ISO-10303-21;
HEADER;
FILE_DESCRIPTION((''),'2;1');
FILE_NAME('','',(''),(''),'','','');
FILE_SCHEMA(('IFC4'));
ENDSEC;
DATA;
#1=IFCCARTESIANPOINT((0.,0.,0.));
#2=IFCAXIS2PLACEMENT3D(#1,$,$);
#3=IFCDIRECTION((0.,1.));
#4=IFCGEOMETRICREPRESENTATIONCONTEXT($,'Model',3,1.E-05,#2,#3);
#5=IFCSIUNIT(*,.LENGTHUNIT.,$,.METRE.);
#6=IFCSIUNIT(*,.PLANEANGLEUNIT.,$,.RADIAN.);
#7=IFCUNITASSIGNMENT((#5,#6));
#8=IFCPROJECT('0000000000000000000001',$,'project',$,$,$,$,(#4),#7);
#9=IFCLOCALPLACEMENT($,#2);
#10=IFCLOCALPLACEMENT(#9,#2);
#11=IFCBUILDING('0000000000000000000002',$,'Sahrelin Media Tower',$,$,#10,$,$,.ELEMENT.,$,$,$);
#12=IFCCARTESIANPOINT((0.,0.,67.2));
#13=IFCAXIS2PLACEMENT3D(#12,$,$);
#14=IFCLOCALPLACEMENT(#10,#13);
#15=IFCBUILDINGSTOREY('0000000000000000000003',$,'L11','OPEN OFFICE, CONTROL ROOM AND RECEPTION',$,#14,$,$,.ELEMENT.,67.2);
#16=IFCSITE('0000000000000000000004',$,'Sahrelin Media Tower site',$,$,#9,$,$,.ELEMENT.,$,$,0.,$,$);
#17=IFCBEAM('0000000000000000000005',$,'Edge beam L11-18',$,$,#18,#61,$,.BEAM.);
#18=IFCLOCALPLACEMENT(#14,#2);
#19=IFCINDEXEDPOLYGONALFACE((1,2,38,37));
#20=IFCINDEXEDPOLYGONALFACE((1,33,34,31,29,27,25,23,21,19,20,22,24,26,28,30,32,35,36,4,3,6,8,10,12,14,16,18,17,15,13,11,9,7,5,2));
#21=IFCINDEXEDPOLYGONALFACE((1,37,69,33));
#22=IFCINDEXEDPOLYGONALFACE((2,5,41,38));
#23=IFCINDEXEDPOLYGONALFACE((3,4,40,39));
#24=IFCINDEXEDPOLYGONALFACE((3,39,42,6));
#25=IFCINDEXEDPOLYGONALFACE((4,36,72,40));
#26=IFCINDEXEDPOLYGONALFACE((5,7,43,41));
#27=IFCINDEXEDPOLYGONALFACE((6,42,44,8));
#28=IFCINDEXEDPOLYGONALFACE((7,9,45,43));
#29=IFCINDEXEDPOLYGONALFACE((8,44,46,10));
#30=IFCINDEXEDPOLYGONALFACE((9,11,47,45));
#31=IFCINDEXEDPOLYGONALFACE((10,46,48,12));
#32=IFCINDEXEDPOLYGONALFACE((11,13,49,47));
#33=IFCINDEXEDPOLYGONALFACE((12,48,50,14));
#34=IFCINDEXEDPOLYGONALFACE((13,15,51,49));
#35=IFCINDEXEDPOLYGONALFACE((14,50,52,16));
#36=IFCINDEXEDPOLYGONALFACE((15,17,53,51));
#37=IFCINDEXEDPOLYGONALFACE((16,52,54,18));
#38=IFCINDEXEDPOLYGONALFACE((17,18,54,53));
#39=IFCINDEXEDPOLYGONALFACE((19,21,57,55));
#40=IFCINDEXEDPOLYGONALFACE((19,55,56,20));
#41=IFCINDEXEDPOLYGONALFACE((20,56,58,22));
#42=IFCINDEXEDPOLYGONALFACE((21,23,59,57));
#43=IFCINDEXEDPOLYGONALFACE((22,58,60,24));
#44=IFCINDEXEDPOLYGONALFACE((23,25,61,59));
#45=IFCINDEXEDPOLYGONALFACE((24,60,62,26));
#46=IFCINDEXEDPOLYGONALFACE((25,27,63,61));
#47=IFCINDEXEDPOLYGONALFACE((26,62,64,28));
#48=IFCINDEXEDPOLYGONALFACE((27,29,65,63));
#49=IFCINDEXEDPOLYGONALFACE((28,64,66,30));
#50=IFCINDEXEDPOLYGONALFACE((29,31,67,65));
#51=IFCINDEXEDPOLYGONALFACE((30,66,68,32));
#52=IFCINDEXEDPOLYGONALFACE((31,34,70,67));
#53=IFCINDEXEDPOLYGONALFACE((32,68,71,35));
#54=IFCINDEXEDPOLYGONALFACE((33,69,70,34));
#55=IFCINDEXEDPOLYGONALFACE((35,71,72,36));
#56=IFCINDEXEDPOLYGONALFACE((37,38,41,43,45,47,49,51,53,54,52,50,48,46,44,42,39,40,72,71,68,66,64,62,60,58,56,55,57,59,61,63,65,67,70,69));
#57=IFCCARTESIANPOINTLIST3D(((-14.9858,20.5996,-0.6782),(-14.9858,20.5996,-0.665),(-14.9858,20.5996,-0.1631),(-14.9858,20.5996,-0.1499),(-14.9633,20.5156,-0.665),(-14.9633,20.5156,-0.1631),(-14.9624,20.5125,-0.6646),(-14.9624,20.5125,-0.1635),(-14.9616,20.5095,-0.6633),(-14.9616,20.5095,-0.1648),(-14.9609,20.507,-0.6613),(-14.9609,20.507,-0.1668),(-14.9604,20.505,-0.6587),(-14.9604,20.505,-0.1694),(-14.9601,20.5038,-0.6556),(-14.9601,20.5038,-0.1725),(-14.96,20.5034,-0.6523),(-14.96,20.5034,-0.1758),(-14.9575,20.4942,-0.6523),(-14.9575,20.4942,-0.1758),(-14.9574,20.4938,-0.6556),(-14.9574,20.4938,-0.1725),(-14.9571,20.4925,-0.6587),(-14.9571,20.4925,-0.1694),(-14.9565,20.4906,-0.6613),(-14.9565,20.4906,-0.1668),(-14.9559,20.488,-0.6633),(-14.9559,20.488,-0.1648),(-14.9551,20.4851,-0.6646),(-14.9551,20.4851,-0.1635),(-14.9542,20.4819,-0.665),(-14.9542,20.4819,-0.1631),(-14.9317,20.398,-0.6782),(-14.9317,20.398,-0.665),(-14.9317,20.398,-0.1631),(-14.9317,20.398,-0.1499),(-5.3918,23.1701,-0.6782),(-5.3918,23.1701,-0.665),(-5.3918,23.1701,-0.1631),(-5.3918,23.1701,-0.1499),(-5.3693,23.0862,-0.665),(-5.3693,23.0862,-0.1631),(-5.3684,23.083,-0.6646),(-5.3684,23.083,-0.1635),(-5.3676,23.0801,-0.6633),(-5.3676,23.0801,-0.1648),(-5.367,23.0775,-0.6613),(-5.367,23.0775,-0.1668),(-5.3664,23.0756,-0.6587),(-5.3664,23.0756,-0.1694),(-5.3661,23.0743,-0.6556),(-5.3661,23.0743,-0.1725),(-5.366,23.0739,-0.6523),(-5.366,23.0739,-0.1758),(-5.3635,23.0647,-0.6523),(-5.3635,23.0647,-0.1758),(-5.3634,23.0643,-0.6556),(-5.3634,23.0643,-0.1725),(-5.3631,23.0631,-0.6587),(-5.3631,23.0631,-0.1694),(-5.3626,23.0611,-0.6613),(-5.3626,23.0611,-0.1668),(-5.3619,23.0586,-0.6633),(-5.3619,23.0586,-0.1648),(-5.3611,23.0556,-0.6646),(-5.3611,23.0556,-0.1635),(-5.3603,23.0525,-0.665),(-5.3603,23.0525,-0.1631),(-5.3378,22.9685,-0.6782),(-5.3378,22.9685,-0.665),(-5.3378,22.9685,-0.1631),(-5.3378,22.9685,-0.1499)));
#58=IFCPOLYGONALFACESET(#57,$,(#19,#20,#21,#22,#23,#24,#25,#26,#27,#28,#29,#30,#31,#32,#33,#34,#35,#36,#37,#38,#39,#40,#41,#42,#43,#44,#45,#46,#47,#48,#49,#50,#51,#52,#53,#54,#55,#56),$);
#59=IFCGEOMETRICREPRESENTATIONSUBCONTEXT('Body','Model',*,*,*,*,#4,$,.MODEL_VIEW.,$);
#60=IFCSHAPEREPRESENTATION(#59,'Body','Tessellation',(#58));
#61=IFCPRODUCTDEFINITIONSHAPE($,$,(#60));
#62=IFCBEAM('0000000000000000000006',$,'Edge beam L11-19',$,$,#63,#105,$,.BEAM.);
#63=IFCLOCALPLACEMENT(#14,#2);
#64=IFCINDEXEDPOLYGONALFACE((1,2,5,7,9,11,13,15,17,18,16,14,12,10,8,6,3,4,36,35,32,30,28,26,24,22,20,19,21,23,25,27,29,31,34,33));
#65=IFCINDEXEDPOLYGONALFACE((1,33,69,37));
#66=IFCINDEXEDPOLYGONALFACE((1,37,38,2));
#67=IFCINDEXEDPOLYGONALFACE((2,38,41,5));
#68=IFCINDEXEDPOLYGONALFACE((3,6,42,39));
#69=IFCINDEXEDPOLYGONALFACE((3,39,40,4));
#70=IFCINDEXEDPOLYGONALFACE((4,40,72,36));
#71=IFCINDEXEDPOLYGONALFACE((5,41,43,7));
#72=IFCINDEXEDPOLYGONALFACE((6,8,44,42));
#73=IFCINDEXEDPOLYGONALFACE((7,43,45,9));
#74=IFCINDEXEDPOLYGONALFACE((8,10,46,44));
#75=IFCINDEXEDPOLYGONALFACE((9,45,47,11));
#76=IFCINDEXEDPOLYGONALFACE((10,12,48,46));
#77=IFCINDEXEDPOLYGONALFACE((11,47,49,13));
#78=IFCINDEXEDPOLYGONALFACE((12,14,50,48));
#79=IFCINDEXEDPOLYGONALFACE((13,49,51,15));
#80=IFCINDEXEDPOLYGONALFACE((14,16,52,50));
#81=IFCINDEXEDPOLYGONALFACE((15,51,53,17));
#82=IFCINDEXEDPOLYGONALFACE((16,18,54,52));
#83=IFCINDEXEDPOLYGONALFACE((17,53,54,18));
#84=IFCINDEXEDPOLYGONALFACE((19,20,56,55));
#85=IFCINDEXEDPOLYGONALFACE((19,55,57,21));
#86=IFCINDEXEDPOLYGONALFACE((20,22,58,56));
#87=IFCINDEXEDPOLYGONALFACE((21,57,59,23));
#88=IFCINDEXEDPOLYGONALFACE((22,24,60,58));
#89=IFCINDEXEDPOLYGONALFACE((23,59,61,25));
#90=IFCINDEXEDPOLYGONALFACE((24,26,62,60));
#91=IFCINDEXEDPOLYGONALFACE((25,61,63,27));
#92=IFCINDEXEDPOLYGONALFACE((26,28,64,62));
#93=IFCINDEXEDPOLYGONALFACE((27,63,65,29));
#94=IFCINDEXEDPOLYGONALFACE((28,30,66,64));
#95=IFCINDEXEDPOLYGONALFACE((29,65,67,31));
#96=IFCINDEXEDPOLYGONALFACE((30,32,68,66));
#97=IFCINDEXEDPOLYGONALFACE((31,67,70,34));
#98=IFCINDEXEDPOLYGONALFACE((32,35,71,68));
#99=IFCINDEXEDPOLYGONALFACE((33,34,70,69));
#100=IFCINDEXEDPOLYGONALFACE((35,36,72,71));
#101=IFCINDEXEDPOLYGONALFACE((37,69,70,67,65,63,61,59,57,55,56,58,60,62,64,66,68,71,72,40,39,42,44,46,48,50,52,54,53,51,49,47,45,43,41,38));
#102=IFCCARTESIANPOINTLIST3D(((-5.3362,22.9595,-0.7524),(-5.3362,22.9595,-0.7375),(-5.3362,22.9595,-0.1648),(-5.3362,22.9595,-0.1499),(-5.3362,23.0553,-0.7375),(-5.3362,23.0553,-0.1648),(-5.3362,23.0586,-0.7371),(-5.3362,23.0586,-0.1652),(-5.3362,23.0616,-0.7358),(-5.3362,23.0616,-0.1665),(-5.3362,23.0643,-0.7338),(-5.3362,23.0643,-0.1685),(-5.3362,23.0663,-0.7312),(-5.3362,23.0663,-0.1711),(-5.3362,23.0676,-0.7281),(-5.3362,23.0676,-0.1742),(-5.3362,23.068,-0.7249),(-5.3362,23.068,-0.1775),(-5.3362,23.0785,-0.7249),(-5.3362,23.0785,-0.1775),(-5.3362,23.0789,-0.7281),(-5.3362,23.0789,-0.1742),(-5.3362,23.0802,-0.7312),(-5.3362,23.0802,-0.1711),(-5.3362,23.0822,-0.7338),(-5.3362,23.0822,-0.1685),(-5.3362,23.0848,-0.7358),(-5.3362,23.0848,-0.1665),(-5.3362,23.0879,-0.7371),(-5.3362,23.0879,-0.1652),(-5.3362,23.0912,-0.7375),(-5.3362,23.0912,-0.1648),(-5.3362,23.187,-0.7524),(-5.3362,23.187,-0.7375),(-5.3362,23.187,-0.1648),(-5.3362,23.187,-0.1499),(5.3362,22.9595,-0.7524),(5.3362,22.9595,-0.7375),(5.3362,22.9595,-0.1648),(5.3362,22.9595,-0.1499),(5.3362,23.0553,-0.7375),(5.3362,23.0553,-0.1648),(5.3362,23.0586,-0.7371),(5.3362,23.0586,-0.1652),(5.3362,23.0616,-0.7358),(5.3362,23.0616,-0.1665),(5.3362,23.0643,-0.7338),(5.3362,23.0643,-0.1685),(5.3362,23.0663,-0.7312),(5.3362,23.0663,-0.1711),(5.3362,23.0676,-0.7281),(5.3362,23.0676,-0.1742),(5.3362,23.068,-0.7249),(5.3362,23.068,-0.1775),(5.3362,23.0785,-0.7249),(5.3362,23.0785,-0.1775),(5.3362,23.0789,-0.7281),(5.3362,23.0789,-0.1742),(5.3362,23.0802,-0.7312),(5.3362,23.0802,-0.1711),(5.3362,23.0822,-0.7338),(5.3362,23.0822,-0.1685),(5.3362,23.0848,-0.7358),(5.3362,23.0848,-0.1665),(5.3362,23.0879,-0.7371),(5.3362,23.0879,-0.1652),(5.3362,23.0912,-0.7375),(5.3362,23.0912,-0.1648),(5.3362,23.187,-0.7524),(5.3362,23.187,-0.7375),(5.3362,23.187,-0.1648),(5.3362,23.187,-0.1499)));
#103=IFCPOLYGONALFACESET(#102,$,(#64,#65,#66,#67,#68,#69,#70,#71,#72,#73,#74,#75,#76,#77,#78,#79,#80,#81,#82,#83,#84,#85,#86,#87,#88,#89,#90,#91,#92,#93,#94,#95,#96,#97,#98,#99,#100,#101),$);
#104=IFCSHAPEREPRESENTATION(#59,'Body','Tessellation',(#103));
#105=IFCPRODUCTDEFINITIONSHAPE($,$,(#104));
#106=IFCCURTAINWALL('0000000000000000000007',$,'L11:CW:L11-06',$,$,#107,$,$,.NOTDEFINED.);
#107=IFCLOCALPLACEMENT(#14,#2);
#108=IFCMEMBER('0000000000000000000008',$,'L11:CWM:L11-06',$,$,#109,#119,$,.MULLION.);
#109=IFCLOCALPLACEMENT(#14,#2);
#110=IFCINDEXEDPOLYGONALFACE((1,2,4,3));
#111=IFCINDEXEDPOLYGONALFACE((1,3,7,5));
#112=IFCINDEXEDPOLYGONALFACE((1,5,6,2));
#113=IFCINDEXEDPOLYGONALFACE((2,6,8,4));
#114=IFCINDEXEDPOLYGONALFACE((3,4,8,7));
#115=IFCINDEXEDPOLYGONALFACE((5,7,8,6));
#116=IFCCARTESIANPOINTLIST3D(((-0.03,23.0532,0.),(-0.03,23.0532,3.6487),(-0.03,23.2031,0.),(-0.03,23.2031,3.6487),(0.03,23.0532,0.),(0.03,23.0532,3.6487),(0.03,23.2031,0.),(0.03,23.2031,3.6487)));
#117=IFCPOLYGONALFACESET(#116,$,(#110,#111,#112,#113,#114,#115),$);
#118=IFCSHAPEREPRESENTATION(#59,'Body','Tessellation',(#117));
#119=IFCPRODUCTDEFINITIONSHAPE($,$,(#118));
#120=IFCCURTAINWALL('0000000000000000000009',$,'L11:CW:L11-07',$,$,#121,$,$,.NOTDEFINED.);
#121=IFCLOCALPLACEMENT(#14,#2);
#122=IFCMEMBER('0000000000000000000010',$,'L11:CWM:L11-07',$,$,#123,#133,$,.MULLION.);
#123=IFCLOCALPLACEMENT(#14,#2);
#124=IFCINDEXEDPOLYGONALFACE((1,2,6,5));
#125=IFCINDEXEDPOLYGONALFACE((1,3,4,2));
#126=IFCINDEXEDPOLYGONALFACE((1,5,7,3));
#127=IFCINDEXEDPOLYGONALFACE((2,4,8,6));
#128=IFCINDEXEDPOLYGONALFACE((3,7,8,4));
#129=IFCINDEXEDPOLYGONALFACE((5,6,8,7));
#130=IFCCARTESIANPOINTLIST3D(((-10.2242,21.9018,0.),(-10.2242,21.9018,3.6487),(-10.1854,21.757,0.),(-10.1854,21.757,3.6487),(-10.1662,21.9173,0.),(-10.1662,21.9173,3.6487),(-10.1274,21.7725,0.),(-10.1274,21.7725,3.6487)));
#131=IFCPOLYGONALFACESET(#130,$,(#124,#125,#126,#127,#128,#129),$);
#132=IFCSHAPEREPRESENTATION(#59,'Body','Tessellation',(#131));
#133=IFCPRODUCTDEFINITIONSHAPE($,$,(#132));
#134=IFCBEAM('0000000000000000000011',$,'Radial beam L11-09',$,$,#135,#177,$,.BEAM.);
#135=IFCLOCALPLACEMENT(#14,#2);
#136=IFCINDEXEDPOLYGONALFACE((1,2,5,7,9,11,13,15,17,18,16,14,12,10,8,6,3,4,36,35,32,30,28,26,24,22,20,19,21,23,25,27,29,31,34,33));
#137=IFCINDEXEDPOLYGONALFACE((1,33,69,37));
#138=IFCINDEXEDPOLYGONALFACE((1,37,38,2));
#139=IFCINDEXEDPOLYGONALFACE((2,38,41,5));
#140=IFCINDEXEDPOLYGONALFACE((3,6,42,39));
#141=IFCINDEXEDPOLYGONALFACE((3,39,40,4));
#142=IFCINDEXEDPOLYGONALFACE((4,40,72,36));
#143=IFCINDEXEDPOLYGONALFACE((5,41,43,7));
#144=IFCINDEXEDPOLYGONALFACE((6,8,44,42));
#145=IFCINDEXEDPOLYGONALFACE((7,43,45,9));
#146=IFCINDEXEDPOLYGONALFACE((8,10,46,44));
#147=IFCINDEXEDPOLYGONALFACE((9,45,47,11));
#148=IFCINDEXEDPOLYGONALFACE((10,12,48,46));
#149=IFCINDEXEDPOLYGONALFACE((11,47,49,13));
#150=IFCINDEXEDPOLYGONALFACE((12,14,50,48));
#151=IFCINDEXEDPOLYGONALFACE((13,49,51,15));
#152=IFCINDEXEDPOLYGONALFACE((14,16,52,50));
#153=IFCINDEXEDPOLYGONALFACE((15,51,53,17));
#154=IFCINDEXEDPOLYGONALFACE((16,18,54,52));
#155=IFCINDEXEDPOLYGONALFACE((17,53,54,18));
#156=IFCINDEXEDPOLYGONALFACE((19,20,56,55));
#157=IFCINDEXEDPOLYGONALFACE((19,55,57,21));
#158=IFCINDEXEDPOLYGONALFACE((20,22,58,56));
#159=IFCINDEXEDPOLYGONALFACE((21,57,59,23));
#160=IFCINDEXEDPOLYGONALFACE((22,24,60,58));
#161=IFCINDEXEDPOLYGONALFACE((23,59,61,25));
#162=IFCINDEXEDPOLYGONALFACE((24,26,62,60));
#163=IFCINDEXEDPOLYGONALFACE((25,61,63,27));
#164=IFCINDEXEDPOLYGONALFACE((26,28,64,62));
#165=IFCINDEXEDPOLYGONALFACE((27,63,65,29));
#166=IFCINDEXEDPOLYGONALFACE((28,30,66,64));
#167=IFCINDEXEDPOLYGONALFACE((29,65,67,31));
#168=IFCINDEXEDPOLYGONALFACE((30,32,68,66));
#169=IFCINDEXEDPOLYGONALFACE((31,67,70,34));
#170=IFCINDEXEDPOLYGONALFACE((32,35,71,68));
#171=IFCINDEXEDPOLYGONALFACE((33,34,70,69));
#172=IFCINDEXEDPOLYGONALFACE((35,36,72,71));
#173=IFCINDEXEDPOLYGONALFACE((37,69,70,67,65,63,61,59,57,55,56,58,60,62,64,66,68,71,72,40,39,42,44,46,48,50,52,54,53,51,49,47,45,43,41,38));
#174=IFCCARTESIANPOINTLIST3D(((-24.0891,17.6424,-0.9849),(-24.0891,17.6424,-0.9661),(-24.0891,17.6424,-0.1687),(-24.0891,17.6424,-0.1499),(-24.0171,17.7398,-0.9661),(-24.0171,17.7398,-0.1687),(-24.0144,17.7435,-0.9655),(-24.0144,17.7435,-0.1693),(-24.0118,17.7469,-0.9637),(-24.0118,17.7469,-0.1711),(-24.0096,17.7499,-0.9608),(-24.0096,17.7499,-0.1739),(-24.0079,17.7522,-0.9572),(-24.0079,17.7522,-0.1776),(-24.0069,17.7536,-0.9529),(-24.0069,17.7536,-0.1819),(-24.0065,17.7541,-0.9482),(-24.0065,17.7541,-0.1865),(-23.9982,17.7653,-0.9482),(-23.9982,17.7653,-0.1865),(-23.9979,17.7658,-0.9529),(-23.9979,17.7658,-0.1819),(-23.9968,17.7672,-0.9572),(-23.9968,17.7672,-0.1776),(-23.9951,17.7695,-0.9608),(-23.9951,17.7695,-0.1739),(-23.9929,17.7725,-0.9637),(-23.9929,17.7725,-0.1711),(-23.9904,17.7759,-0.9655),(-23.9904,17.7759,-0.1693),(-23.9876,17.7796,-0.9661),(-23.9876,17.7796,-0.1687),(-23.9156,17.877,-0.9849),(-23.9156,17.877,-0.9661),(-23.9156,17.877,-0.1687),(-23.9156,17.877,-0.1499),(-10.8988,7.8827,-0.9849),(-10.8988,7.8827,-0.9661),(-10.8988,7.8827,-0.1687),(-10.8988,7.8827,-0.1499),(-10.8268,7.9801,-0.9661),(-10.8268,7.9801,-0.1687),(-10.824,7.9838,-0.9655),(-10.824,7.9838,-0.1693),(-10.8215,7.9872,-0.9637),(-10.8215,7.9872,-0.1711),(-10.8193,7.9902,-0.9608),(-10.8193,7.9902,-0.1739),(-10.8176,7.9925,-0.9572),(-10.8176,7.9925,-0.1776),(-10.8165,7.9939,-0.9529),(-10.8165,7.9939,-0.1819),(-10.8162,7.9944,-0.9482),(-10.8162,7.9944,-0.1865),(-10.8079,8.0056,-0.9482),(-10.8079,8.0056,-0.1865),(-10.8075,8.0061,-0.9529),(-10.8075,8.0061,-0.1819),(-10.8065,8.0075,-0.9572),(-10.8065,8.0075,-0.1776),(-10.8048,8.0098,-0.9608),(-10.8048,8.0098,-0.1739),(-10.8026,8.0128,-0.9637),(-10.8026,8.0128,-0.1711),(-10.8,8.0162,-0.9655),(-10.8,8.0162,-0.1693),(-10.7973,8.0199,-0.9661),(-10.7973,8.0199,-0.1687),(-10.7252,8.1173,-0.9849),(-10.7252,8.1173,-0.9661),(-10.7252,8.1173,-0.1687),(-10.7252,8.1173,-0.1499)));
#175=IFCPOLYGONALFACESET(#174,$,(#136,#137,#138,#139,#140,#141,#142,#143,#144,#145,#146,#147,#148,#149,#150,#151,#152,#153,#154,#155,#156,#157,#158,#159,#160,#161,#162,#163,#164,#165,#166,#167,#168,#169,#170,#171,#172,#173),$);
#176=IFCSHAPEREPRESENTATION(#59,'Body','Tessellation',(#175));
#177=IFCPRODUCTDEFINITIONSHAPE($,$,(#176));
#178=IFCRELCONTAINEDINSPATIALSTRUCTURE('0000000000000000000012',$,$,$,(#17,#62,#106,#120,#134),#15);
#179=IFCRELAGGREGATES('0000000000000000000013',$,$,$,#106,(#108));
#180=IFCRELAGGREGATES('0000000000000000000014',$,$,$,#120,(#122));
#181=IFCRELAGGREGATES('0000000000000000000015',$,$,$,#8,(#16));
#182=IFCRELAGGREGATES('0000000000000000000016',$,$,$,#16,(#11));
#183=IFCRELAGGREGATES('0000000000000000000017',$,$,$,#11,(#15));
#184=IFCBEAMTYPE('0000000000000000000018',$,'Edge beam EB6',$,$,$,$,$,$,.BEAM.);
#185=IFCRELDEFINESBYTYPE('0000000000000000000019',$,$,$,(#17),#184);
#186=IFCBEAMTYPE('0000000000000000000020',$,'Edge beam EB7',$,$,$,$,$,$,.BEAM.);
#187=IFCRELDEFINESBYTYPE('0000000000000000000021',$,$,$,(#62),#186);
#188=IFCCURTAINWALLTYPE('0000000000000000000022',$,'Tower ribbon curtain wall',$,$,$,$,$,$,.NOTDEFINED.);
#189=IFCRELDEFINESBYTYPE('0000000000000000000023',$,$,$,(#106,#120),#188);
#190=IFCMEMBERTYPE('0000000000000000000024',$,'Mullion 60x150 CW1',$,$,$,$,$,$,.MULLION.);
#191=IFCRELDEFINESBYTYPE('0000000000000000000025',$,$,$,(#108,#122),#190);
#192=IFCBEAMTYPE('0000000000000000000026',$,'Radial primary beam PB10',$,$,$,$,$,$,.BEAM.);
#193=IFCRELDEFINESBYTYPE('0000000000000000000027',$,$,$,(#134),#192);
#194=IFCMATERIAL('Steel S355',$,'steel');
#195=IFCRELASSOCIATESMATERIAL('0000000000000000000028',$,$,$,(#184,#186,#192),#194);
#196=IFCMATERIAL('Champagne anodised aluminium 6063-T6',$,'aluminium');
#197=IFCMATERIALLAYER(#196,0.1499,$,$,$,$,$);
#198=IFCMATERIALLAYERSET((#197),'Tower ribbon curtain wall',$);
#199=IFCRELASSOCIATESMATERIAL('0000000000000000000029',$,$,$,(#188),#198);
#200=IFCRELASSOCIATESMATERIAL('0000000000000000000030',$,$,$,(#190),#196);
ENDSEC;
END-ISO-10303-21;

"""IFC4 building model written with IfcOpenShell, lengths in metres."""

from ifc_helpers import new_model, si_unit, direction, frame, origin, origin_2d, place, context, subcontext, project, spatial, rectangle, i_section, extrude, material, layer, layer_set, material_profile, profile_set, type_object, element, aggregate, save


model = new_model("IFC4")

# Units and contexts
model_context = context("Model", 3, precision=1e-05, world=origin(), true_north=direction((0.0, 1.0)))
body_context = subcontext(model_context, "Body", "Model", "MODEL_VIEW")
ifc_project = project(units=[si_unit("LENGTHUNIT", "METRE"), si_unit("PLANEANGLEUNIT", "RADIAN")], contexts=[model_context])

# Site, building, storey
site_placement = place(None, origin())
site = spatial("IfcSite", under=ifc_project, at=site_placement, Name="Sahrelin Media Tower site", CompositionType="ELEMENT", RefElevation=0.0)
building_placement = place(site_placement, origin())
building = spatial("IfcBuilding", under=site, at=building_placement, Name="Sahrelin Media Tower", CompositionType="ELEMENT")
storey_placement = place(building_placement, frame((0.0, 0.0, 67.2)))
storey = spatial("IfcBuildingStorey", under=building, at=storey_placement, Name="L11", Description="OPEN OFFICE, CONTROL ROOM AND RECEPTION", CompositionType="ELEMENT", Elevation=67.2)

# Beams
ifc_material_1 = material(Name="Steel S355", Category="steel")
ifc_material_profile_1 = material_profile(ifc_material_1, i_section(OverallWidth=0.2087, OverallDepth=0.5283, WebThickness=0.0095, FlangeThickness=0.0132, FilletRadius=0.0127, at=origin_2d()), Name="UB 533x210x82")
ifc_profile_set_1 = profile_set([ifc_material_profile_1], Name="Steel S355")
beam_type_1 = type_object("IfcBeamType", Name="Edge beam EB6", PredefinedType="BEAM", material=ifc_profile_set_1)
beam_1_placement = place(storey_placement, frame((-14.9587, 20.4988, -0.4141), z_axis=(0.96593, 0.258805, 0.0), x_axis=(-0.258805, 0.96593, 0.0)))
element("IfcBeam", 1, at=beam_1_placement, inside=storey, type_object=beam_type_1, Name="Edge beam L11-18", PredefinedType="BEAM", context=body_context, shape_type="SweptSolid", body=[
    extrude(i_section(OverallWidth=0.2087, OverallDepth=0.5283, WebThickness=0.0095, FlangeThickness=0.0132, FilletRadius=0.0127, at=origin_2d()), origin(), (0.0, 0.0, 1.0), 9.9324),
])
ifc_material_profile_2 = material_profile(ifc_material_1, i_section(OverallWidth=0.2275, OverallDepth=0.6025, WebThickness=0.0105, FlangeThickness=0.0149, FilletRadius=0.0127, at=origin_2d()), Name="UB 610x229x101")
ifc_profile_set_2 = profile_set([ifc_material_profile_2], Name="Steel S355")
beam_type_2 = type_object("IfcBeamType", Name="Edge beam EB7", PredefinedType="BEAM", material=ifc_profile_set_2)
beam_2_placement = place(storey_placement, frame((-5.3362, 23.0732, -0.4512), z_axis=(1.0, 0.0, 0.0), x_axis=(0.0, 1.0, 0.0)))
element("IfcBeam", 2, at=beam_2_placement, inside=storey, type_object=beam_type_2, Name="Edge beam L11-19", PredefinedType="BEAM", context=body_context, shape_type="SweptSolid", body=[
    extrude(i_section(OverallWidth=0.2275, OverallDepth=0.6025, WebThickness=0.0105, FlangeThickness=0.0149, FilletRadius=0.0127, at=origin_2d()), origin(), (0.0, 0.0, 1.0), 10.6724),
])

# Curtain walls, members
ifc_material_2 = material(Name="Champagne anodised aluminium 6063-T6", Category="aluminium")
ifc_layer_1 = layer(ifc_material_2, 0.1499)
ifc_layer_set_1 = layer_set([ifc_layer_1], Name="Tower ribbon curtain wall")
curtain_wall_type = type_object("IfcCurtainWallType", Name="Tower ribbon curtain wall", PredefinedType="NOTDEFINED", material=ifc_layer_set_1)
placement_1 = place(storey_placement, frame((0.0, 23.2231, 0.0), z_axis=(0.0, 0.0, 1.0), x_axis=(1.0, 0.0, 0.0)))
curtain_wall_1 = element("IfcCurtainWall", 3, at=placement_1, inside=storey, type_object=curtain_wall_type, Name="L11:CW:L11-06", PredefinedType="NOTDEFINED")
ifc_material_profile_3 = material_profile(ifc_material_2, rectangle(XDim=0.0601, YDim=0.1499, at=origin_2d()), Name="Mullion 60x150")
ifc_profile_set_3 = profile_set([ifc_material_profile_3], Name="Champagne anodised aluminium 6063-T6")
member_type_1 = type_object("IfcMemberType", Name="Mullion 60x150 CW1", PredefinedType="MULLION", material=ifc_profile_set_3)
member_1_placement = place(storey_placement, frame((0.0, 23.1282, 0.0), z_axis=(0.0, 0.0, 1.0), x_axis=(-1.0, 0.0, 0.0)))
member_1 = element("IfcMember", 4, at=member_1_placement, type_object=member_type_1, Name="L11:CWM:L11-06", PredefinedType="MULLION", context=body_context, shape_type="SweptSolid", body=[
    extrude(rectangle(XDim=0.0601, YDim=0.1499, at=origin_2d()), origin(), (0.0, 0.0, 1.0), 3.6487),
])
aggregate(curtain_wall_1, [member_1])
curtain_wall_2_placement = place(storey_placement, frame((-10.2004, 21.929, 0.0), z_axis=(0.0, 0.0, 1.0), x_axis=(1.0, 0.0, 0.0)))
curtain_wall_2 = element("IfcCurtainWall", 5, at=curtain_wall_2_placement, inside=storey, type_object=curtain_wall_type, Name="L11:CW:L11-07", PredefinedType="NOTDEFINED")
member_2_placement = place(storey_placement, frame((-10.1758, 21.8372, 0.0), z_axis=(0.0, 0.0, 1.0), x_axis=(-0.965927, -0.258816, 0.0)))
member_2 = element("IfcMember", 6, at=member_2_placement, type_object=member_type_1, Name="L11:CWM:L11-07", PredefinedType="MULLION", context=body_context, shape_type="SweptSolid", body=[
    extrude(rectangle(XDim=0.0601, YDim=0.1499, at=origin_2d()), origin(), (0.0, 0.0, 1.0), 3.6487),
])

# Beam
ifc_material_profile_4 = material_profile(ifc_material_1, i_section(OverallWidth=0.2917, OverallDepth=0.835, WebThickness=0.0139, FlangeThickness=0.0188, FilletRadius=0.0178, at=origin_2d()), Name="UB 838x292x176")
ifc_profile_set_4 = profile_set([ifc_material_profile_4], Name="Steel S355")
beam_type_3 = type_object("IfcBeamType", Name="Radial primary beam PB10", PredefinedType="BEAM", material=ifc_profile_set_4)
beam_3_placement = place(storey_placement, frame((-10.812, 8.0, -0.5674), z_axis=(-0.803875, 0.594798, 0.0), x_axis=(-0.594798, -0.803875, 0.0)))
element("IfcBeam", 7, at=beam_3_placement, inside=storey, type_object=beam_type_3, Name="Radial beam L11-09", PredefinedType="BEAM", context=body_context, shape_type="SweptSolid", body=[
    extrude(i_section(OverallWidth=0.2917, OverallDepth=0.835, WebThickness=0.0139, FlangeThickness=0.0188, FilletRadius=0.0178, at=origin_2d()), origin(), (0.0, 0.0, 1.0), 16.4084),
])

aggregate(curtain_wall_2, [member_2])

save(model, "model.ifc")
